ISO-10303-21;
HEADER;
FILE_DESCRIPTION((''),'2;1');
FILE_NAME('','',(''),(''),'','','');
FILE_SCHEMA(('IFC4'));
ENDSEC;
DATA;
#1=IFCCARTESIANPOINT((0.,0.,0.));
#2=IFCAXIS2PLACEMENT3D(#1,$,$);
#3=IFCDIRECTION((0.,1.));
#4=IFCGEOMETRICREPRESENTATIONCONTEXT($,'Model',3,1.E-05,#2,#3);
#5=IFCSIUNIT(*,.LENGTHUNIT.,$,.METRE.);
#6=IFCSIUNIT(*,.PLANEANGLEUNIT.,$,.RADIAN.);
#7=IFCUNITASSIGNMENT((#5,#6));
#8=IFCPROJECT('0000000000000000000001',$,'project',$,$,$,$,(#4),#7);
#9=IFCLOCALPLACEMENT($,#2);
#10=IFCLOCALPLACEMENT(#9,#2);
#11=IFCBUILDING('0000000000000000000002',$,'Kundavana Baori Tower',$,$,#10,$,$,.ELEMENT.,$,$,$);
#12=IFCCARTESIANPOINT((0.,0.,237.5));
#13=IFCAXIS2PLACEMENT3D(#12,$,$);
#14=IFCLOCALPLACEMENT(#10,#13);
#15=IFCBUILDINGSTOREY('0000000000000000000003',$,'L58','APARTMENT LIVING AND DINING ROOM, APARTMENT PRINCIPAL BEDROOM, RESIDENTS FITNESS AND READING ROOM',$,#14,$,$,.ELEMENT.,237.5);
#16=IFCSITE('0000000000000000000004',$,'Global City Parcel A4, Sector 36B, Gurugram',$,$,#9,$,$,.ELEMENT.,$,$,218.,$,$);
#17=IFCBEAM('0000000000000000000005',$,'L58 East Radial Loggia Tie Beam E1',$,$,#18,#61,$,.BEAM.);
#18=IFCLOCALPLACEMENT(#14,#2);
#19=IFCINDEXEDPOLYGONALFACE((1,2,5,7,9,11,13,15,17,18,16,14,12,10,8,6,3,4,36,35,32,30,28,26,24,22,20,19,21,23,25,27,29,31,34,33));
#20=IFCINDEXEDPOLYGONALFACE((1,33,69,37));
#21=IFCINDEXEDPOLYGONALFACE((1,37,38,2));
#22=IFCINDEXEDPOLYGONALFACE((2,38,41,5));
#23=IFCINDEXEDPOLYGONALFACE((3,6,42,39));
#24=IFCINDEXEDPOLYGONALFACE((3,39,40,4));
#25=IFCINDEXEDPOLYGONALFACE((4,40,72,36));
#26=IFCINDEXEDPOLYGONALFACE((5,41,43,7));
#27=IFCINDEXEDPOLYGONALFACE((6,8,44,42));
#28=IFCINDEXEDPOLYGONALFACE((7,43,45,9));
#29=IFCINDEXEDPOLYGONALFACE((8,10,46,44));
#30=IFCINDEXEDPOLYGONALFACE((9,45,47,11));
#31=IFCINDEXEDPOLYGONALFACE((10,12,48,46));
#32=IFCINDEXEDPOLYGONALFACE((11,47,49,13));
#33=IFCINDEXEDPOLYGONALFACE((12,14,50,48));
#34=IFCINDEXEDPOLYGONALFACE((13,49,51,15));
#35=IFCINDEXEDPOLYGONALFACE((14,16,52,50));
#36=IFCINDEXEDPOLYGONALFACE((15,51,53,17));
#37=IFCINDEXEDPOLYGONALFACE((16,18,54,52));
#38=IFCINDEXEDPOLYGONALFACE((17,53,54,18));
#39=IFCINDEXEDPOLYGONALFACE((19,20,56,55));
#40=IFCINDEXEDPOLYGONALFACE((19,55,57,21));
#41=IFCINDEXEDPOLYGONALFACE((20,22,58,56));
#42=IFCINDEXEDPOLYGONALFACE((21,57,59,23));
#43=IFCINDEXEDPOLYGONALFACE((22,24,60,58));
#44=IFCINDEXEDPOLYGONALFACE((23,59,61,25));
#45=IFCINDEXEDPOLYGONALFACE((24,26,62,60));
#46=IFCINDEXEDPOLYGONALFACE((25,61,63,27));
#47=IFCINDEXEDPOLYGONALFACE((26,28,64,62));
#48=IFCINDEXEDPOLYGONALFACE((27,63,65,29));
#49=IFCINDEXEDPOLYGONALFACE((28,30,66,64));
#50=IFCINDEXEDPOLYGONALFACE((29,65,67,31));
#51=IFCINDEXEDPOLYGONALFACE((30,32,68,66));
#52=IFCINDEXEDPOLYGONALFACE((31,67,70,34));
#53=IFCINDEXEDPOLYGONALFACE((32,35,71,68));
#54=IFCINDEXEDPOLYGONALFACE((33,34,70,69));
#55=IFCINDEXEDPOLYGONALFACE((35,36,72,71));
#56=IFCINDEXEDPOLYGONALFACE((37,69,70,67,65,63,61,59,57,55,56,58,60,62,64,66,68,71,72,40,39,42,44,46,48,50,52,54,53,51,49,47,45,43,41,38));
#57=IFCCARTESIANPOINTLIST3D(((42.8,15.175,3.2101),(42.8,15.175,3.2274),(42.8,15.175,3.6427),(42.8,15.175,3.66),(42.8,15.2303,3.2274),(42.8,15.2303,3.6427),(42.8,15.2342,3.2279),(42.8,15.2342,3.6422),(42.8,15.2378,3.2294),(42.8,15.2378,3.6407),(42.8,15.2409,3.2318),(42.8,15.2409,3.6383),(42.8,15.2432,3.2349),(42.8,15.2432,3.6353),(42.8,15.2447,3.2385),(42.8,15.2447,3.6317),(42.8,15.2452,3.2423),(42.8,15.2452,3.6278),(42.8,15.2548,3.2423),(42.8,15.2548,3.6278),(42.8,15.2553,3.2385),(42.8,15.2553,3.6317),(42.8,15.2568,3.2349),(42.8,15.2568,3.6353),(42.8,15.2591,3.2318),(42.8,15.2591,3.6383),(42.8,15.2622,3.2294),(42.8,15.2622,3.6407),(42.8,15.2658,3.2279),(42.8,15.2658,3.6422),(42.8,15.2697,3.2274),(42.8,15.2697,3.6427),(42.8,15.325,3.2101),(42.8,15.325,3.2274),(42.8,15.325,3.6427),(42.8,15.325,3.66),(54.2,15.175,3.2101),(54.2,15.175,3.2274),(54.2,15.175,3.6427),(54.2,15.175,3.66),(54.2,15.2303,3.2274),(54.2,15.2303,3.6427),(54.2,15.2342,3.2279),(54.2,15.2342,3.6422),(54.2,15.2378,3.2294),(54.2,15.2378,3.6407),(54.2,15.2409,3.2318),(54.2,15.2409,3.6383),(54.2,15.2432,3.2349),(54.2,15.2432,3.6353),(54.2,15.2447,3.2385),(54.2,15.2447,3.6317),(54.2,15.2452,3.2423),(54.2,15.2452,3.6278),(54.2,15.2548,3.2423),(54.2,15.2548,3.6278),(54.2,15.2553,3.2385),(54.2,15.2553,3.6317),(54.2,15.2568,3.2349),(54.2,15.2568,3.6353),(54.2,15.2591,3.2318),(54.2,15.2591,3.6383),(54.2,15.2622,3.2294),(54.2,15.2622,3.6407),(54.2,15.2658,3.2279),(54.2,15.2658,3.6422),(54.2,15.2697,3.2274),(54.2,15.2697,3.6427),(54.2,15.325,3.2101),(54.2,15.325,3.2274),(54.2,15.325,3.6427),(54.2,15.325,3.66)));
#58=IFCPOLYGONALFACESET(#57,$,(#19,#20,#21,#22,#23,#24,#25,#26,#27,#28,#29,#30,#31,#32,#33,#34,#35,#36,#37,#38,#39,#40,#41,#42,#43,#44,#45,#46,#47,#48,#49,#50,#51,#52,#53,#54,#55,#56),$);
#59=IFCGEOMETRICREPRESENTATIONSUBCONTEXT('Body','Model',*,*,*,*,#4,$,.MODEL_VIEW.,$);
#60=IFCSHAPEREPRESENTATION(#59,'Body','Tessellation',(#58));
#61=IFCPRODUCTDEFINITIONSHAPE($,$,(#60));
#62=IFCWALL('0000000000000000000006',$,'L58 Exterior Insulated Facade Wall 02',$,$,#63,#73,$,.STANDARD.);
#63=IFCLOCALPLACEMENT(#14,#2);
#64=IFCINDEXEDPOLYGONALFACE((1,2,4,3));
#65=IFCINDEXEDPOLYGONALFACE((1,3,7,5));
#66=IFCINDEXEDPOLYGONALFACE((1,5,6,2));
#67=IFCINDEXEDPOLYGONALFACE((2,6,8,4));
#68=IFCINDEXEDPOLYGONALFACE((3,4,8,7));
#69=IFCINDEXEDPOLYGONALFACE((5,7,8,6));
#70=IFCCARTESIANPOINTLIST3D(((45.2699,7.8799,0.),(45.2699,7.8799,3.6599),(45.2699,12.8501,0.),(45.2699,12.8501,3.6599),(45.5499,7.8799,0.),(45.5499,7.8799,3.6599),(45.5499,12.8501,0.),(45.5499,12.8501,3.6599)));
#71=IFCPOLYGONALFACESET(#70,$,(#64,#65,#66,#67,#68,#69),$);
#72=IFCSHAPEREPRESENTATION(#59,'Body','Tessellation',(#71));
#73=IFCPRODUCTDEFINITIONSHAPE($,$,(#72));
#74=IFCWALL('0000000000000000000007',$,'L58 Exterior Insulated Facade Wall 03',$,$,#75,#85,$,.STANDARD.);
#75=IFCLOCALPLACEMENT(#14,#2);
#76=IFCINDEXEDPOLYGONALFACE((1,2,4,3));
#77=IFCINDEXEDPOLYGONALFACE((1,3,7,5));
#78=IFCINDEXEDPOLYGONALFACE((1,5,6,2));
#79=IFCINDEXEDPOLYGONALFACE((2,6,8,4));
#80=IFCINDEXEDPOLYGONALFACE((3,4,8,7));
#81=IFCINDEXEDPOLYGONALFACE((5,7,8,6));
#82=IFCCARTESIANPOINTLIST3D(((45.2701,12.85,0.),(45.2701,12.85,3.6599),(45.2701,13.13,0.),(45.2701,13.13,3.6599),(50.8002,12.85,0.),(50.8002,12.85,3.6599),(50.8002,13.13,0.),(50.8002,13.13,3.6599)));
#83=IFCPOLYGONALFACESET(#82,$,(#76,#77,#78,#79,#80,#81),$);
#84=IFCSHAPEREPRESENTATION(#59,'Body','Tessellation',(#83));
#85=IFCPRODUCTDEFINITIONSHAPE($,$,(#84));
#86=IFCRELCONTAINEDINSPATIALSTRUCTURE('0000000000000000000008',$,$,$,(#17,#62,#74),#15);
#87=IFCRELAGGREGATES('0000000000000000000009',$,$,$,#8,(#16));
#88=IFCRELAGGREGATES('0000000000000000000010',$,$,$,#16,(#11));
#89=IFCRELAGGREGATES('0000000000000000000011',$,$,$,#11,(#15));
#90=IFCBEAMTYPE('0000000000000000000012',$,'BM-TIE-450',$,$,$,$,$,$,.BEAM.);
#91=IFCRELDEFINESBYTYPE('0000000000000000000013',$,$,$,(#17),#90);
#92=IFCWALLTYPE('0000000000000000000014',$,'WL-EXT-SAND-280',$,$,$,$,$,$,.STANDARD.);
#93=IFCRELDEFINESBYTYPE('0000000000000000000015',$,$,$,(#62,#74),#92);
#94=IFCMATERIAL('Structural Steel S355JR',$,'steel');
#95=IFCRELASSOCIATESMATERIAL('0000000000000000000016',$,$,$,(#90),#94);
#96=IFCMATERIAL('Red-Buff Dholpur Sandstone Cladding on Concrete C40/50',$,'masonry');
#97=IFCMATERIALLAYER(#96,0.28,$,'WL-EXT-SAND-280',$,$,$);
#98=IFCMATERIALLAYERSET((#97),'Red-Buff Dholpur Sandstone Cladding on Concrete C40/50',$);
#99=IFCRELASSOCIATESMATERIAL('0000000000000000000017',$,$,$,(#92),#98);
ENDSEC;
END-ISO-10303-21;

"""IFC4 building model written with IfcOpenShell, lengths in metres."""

from ifc_helpers import new_model, si_unit, direction, frame, frame_2d, origin, origin_2d, place, context, subcontext, project, spatial, rectangle, i_section, extrude, material, layer, layer_set, material_profile, profile_set, type_object, element, save


model = new_model("IFC4")

# Units and contexts
model_context = context("Model", 3, precision=1e-05, world=origin(), true_north=direction((0.0, 1.0)))
body_context = subcontext(model_context, "Body", "Model", "MODEL_VIEW")
ifc_project = project(units=[si_unit("LENGTHUNIT", "METRE"), si_unit("PLANEANGLEUNIT", "RADIAN")], contexts=[model_context])

# Site, building, storey
site_placement = place(None, origin())
site = spatial("IfcSite", under=ifc_project, at=site_placement, Name="Global City Parcel A4, Sector 36B, Gurugram", CompositionType="ELEMENT", RefElevation=218.0)
building_placement = place(site_placement, origin())
building = spatial("IfcBuilding", under=site, at=building_placement, Name="Kundavana Baori Tower", CompositionType="ELEMENT")
storey_placement = place(building_placement, frame((0.0, 0.0, 237.5)))
storey = spatial("IfcBuildingStorey", under=building, at=storey_placement, Name="L58", Description="APARTMENT LIVING AND DINING ROOM, APARTMENT PRINCIPAL BEDROOM, RESIDENTS FITNESS AND READING ROOM", CompositionType="ELEMENT", Elevation=237.5)

# Beam
ifc_material_1 = material(Name="Structural Steel S355JR", Category="steel")
ifc_material_profile_1 = material_profile(ifc_material_1, i_section(OverallWidth=0.1499, OverallDepth=0.45, WebThickness=0.0095, FlangeThickness=0.0173, FilletRadius=0.0149, at=origin_2d()), Name="ISMB 450")
ifc_profile_set_1 = profile_set([ifc_material_profile_1], Name="Structural Steel S355JR")
beam_type_1 = type_object("IfcBeamType", Name="BM-TIE-450", PredefinedType="BEAM", material=ifc_profile_set_1)
beam_1_placement = place(storey_placement, frame((42.8, 15.25, 3.4351), z_axis=(1.0, 0.0, 0.0), x_axis=(0.0, 1.0, 0.0)))
element("IfcBeam", 1, at=beam_1_placement, inside=storey, type_object=beam_type_1, Name="L58 East Radial Loggia Tie Beam E1", PredefinedType="BEAM", context=body_context, shape_type="SweptSolid", body=[
    extrude(i_section(OverallWidth=0.1499, OverallDepth=0.45, WebThickness=0.0095, FlangeThickness=0.0173, FilletRadius=0.0149, at=origin_2d()), origin(), (0.0, 0.0, 1.0), 11.3999),
])

# Walls
ifc_material_2 = material(Name="Red-Buff Dholpur Sandstone Cladding on Concrete C40/50", Category="masonry")
ifc_layer_1 = layer(ifc_material_2, 0.28, Name="WL-EXT-SAND-280")
ifc_layer_set_1 = layer_set([ifc_layer_1], Name="Red-Buff Dholpur Sandstone Cladding on Concrete C40/50")
wall_type_1 = type_object("IfcWallType", Name="WL-EXT-SAND-280", PredefinedType="STANDARD", material=ifc_layer_set_1)
wall_1_placement = place(storey_placement, frame((45.4099, 7.8799, 0.0), z_axis=(0.0, 0.0, 1.0), x_axis=(0.0, 1.0, 0.0)))
element("IfcWall", 2, at=wall_1_placement, inside=storey, type_object=wall_type_1, Name="L58 Exterior Insulated Facade Wall 02", PredefinedType="STANDARD", context=body_context, shape_type="SweptSolid", body=[
    extrude(rectangle(XDim=4.9702, YDim=0.28, at=frame_2d((2.4851, 0.0))), origin(), (0.0, 0.0, 1.0), 3.6599),
])
wall_2_placement = place(storey_placement, frame((45.27, 12.99, 0.0), z_axis=(0.0, 0.0, 1.0), x_axis=(1.0, 0.0, 0.0)))
element("IfcWall", 3, at=wall_2_placement, inside=storey, type_object=wall_type_1, Name="L58 Exterior Insulated Facade Wall 03", PredefinedType="STANDARD", context=body_context, shape_type="SweptSolid", body=[
    extrude(rectangle(XDim=5.53, YDim=0.28, at=frame_2d((2.7651, 0.0))), origin(), (0.0, 0.0, 1.0), 3.6599),
])

save(model, "model.ifc")
